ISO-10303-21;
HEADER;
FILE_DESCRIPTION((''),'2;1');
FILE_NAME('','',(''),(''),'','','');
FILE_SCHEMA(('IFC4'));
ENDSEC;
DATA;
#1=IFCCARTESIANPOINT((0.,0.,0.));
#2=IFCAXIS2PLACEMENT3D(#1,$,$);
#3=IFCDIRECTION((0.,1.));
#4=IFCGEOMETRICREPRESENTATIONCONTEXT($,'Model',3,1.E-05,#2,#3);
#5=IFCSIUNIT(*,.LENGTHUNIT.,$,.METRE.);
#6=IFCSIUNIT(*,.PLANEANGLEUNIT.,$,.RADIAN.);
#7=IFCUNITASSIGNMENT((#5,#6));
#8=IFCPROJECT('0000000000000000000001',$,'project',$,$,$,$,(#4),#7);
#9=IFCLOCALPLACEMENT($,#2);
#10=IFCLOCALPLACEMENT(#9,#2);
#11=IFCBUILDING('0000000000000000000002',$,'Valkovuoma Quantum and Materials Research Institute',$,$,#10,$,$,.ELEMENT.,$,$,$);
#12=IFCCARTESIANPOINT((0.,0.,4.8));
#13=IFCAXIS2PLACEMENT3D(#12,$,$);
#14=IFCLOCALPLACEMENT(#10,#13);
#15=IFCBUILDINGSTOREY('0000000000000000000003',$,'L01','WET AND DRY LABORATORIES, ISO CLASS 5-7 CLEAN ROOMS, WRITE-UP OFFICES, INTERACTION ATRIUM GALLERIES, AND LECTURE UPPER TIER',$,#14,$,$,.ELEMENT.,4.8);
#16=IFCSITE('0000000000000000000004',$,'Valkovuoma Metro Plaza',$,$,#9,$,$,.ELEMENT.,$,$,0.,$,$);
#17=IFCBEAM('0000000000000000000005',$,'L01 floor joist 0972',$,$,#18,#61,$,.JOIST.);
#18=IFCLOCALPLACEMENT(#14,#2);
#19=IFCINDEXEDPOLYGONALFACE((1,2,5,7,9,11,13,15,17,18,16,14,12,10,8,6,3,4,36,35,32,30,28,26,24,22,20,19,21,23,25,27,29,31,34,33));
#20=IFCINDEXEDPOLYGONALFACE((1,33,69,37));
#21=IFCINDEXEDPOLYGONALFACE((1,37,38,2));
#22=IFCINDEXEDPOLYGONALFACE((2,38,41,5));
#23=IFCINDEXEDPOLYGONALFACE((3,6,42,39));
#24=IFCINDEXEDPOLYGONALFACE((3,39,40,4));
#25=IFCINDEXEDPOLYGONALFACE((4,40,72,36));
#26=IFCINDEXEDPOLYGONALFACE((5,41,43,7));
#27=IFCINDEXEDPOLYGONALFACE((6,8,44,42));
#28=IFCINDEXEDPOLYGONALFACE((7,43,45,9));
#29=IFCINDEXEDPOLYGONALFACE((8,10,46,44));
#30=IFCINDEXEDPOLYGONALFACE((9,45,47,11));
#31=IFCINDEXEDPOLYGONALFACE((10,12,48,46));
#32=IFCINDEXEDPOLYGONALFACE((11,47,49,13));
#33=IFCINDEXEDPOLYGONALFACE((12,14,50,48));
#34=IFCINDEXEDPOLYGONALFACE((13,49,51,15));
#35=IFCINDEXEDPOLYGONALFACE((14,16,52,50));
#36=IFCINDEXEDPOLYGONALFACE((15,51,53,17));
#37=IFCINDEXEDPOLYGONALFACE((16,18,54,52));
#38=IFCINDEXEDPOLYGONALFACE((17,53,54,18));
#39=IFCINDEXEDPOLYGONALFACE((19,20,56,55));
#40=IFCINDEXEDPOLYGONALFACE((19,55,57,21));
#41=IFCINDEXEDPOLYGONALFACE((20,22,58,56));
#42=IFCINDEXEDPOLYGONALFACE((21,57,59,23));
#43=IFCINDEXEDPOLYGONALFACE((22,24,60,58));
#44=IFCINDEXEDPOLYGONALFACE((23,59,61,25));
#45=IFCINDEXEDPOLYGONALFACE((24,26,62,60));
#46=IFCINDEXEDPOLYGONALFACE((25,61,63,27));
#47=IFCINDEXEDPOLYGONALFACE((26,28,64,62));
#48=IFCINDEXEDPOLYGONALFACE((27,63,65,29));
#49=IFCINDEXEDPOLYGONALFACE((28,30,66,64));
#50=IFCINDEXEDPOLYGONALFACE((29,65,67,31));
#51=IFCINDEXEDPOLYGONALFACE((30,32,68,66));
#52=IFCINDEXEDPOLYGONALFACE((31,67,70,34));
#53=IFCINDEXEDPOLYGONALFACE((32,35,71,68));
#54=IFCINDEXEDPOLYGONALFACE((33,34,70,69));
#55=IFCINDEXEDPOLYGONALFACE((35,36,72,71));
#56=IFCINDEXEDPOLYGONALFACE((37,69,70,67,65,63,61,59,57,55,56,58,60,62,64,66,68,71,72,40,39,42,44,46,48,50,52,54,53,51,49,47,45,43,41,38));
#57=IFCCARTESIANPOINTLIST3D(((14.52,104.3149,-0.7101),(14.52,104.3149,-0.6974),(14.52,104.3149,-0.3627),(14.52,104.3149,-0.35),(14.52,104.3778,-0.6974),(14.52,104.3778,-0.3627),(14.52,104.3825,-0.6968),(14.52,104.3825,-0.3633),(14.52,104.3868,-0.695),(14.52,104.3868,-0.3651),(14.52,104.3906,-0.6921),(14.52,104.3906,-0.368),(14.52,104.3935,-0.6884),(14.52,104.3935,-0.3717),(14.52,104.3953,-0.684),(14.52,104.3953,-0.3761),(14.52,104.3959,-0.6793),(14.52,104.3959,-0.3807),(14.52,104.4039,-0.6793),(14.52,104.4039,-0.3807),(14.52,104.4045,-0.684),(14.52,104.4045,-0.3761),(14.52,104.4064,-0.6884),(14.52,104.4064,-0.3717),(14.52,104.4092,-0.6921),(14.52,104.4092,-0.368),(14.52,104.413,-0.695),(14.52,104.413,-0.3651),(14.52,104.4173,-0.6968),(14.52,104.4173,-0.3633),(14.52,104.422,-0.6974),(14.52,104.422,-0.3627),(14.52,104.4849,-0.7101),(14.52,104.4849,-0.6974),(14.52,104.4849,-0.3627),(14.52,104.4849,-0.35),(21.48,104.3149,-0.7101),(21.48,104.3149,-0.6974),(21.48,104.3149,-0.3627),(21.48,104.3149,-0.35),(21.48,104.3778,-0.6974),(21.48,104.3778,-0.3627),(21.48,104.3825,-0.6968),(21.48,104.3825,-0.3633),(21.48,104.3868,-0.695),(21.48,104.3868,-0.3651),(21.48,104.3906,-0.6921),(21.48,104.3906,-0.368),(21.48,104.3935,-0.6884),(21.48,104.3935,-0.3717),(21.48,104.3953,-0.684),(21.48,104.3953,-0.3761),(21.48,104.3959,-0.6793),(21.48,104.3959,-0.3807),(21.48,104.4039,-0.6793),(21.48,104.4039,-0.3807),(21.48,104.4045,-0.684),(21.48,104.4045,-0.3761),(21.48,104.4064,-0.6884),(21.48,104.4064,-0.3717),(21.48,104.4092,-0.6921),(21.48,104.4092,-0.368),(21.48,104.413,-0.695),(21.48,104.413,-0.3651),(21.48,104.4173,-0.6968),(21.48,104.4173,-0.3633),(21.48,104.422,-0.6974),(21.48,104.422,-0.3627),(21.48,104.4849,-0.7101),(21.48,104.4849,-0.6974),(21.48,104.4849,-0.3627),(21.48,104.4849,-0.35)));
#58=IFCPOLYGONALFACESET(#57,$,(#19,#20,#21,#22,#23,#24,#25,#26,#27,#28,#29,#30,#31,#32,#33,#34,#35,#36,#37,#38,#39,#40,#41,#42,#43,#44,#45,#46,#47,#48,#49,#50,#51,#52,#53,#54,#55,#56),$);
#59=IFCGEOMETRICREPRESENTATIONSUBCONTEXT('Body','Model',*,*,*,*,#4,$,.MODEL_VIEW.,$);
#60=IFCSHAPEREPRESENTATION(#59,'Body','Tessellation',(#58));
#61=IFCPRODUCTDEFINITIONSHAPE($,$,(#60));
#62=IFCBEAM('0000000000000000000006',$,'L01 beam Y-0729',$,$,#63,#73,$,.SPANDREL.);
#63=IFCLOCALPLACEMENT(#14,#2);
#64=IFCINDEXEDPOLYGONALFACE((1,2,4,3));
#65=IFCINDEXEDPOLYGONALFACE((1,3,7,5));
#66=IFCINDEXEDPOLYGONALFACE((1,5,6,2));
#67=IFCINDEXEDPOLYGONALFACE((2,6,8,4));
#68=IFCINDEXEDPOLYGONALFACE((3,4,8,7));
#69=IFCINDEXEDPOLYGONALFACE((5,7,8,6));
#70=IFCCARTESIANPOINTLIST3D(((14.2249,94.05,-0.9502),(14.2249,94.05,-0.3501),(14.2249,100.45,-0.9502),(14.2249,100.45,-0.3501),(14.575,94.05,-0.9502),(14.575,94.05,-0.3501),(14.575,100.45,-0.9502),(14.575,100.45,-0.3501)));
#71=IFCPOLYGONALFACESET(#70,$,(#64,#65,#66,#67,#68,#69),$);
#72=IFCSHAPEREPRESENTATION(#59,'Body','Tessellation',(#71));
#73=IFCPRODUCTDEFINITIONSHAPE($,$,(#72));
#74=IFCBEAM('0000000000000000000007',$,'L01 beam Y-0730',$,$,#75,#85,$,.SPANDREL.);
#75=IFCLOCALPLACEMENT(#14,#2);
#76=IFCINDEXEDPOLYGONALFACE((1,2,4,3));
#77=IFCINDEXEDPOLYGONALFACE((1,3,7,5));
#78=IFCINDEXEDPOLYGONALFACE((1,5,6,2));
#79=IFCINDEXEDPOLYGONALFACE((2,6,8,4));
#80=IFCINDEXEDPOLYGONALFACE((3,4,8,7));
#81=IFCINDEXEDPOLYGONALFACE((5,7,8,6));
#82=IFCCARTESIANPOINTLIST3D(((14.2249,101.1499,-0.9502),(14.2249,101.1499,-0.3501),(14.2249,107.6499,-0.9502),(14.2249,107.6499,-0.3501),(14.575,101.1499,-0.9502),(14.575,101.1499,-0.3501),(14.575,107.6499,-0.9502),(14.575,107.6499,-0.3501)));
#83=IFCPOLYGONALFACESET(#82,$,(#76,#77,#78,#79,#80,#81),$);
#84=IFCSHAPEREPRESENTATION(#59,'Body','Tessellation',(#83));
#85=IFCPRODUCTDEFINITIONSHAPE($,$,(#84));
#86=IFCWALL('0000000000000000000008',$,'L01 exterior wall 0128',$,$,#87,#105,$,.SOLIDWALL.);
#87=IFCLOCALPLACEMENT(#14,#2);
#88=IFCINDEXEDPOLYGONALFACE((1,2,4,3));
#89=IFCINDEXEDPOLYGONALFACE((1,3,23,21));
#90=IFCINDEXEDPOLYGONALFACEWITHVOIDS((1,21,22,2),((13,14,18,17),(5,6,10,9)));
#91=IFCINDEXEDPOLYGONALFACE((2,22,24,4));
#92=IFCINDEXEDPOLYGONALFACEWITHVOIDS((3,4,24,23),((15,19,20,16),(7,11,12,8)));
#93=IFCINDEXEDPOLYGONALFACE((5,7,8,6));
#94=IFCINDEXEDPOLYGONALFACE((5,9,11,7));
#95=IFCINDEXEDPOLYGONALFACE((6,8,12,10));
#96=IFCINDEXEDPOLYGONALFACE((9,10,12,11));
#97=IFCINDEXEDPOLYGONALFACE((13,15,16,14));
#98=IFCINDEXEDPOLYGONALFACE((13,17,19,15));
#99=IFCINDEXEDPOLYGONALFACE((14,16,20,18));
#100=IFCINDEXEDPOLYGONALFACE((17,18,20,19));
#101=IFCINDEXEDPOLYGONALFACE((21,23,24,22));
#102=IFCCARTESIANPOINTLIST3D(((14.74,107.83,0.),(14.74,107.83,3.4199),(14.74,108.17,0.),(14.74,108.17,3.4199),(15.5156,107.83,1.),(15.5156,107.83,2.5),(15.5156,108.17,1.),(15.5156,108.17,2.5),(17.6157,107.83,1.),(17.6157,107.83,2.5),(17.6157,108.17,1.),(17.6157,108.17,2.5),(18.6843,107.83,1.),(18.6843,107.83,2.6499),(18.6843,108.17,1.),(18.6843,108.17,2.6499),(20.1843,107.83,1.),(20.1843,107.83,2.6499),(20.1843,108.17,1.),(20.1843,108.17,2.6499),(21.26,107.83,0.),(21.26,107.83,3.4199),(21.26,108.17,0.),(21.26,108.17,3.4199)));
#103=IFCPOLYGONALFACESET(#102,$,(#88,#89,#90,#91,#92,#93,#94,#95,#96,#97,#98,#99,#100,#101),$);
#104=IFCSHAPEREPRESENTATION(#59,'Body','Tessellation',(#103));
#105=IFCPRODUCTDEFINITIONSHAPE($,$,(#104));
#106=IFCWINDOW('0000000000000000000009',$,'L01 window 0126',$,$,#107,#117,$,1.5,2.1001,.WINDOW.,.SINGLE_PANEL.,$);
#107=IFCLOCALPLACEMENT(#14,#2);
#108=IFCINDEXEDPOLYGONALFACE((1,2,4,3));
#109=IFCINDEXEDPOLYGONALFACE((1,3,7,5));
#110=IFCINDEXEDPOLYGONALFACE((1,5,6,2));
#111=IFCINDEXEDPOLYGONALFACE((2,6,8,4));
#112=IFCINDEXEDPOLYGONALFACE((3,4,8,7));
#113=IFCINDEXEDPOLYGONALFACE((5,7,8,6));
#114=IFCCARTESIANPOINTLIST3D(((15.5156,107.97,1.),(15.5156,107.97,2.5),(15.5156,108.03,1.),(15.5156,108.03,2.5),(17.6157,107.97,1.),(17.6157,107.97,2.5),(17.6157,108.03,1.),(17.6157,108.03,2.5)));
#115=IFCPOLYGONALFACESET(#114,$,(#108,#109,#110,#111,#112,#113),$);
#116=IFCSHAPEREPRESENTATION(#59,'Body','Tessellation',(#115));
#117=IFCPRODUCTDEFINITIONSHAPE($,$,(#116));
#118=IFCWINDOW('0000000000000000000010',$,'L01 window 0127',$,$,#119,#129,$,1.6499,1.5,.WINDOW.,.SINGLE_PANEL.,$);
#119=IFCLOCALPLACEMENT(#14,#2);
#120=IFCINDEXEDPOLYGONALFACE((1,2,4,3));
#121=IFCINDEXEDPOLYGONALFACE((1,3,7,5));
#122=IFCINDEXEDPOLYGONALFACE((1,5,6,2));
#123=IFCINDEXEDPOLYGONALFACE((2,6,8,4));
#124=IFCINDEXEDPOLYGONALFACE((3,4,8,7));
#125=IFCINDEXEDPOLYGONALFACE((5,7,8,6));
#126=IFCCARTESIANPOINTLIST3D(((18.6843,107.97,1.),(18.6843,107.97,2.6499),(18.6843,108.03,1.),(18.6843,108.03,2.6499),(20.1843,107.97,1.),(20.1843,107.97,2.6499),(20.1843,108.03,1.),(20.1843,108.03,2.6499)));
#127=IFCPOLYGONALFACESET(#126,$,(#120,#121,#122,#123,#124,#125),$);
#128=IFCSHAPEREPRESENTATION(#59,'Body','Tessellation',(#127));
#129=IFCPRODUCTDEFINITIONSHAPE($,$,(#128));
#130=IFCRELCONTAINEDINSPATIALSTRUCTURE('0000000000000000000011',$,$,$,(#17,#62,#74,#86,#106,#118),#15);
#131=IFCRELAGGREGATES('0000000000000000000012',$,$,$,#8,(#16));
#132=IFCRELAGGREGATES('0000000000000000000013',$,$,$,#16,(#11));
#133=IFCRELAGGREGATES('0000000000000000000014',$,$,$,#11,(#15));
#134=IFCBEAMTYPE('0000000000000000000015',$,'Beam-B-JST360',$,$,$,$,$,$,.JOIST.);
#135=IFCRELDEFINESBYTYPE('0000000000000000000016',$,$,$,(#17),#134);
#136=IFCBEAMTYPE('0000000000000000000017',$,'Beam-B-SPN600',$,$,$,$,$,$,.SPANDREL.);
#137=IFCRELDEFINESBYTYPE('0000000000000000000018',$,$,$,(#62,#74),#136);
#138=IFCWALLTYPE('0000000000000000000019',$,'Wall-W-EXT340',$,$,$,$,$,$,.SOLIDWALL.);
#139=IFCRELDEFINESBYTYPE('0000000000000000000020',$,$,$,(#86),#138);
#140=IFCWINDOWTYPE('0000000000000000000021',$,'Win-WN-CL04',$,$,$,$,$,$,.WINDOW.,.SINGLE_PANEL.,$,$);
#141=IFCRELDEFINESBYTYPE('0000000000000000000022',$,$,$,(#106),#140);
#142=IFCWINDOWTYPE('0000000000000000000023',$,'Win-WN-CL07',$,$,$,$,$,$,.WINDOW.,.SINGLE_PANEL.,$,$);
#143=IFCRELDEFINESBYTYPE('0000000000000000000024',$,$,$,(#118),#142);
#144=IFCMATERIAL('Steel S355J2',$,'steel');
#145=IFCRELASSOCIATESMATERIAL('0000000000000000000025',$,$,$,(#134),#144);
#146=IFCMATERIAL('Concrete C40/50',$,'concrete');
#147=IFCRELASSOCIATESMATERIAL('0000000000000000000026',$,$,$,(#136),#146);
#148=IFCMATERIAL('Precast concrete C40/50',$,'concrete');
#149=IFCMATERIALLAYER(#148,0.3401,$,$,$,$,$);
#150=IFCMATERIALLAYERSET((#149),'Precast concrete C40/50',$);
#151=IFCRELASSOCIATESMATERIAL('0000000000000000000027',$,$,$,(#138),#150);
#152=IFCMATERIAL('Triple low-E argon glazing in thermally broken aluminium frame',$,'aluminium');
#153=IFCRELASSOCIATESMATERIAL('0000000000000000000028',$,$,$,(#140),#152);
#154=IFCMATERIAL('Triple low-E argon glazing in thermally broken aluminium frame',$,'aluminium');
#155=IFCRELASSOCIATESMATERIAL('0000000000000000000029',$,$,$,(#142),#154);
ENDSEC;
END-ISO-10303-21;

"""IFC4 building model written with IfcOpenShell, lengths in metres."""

from ifc_helpers import new_model, si_unit, direction, frame, frame_2d, origin, origin_2d, place, context, subcontext, project, spatial, rectangle, i_section, extrude, material, layer, layer_set, material_profile, profile_set, type_object, element, fill, save


model = new_model("IFC4")

# Units and contexts
model_context = context("Model", 3, precision=1e-05, world=origin(), true_north=direction((0.0, 1.0)))
body_context = subcontext(model_context, "Body", "Model", "MODEL_VIEW")
ifc_project = project(units=[si_unit("LENGTHUNIT", "METRE"), si_unit("PLANEANGLEUNIT", "RADIAN")], contexts=[model_context])

# Site, building, storey
site_placement = place(None, origin())
site = spatial("IfcSite", under=ifc_project, at=site_placement, Name="Valkovuoma Metro Plaza", CompositionType="ELEMENT", RefElevation=0.0)
building_placement = place(site_placement, origin())
building = spatial("IfcBuilding", under=site, at=building_placement, Name="Valkovuoma Quantum and Materials Research Institute", CompositionType="ELEMENT")
storey_placement = place(building_placement, frame((0.0, 0.0, 4.8)))
storey = spatial("IfcBuildingStorey", under=building, at=storey_placement, Name="L01", Description="WET AND DRY LABORATORIES, ISO CLASS 5-7 CLEAN ROOMS, WRITE-UP OFFICES, INTERACTION ATRIUM GALLERIES, AND LECTURE UPPER TIER", CompositionType="ELEMENT", Elevation=4.8)

# Beams
ifc_material_1 = material(Name="Steel S355J2", Category="steel")
ifc_material_profile_1 = material_profile(ifc_material_1, i_section(OverallWidth=0.1699, OverallDepth=0.3601, WebThickness=0.0081, FlangeThickness=0.0127, FilletRadius=0.0181, at=origin_2d()), Name="Steel S355J2")
ifc_profile_set_1 = profile_set([ifc_material_profile_1], Name="Steel S355J2")
beam_type_1 = type_object("IfcBeamType", Name="Beam-B-JST360", PredefinedType="JOIST", material=ifc_profile_set_1)
for number, where, z_axis, x_axis, name in (
    (1, (14.52, 104.3999, -0.53), (1.0, 0.0, 0.0), (0.0, 1.0, 0.0), "L01 floor joist 0972"),
):
    element("IfcBeam", number, at=place(storey_placement, frame(where, z_axis=z_axis, x_axis=x_axis)), inside=storey, type_object=beam_type_1, Name=name, PredefinedType="JOIST", context=body_context, shape_type="SweptSolid", body=[
        extrude(i_section(OverallWidth=0.1699, OverallDepth=0.3601, WebThickness=0.0081, FlangeThickness=0.0127, FilletRadius=0.0181, at=origin_2d()), origin(), (0.0, 0.0, 1.0), 6.96),
    ])
ifc_material_2 = material(Name="Concrete C40/50", Category="concrete")
ifc_material_profile_2 = material_profile(ifc_material_2, rectangle(XDim=0.3501, YDim=0.6001, at=origin_2d()), Name="Concrete C40/50")
ifc_profile_set_2 = profile_set([ifc_material_profile_2], Name="Concrete C40/50")
beam_type_2 = type_object("IfcBeamType", Name="Beam-B-SPN600", PredefinedType="SPANDREL", material=ifc_profile_set_2)
beam_1_placement = place(storey_placement, frame((14.3999, 94.05, -0.6501), z_axis=(0.0, 1.0, 0.0), x_axis=(-1.0, 0.0, 0.0)))
element("IfcBeam", 2, at=beam_1_placement, inside=storey, type_object=beam_type_2, Name="L01 beam Y-0729", PredefinedType="SPANDREL", context=body_context, shape_type="SweptSolid", body=[
    extrude(rectangle(XDim=0.3501, YDim=0.6001, at=origin_2d()), origin(), (0.0, 0.0, 1.0), 6.3999),
])
beam_2_placement = place(storey_placement, frame((14.3999, 101.1499, -0.6501), z_axis=(0.0, 1.0, 0.0), x_axis=(-1.0, 0.0, 0.0)))
element("IfcBeam", 3, at=beam_2_placement, inside=storey, type_object=beam_type_2, Name="L01 beam Y-0730", PredefinedType="SPANDREL", context=body_context, shape_type="SweptSolid", body=[
    extrude(rectangle(XDim=0.3501, YDim=0.6001, at=origin_2d()), origin(), (0.0, 0.0, 1.0), 6.5),
])

# Wall, openings, windows
ifc_material_3 = material(Name="Precast concrete C40/50", Category="concrete")
ifc_layer_1 = layer(ifc_material_3, 0.3401)
ifc_layer_set_1 = layer_set([ifc_layer_1], Name="Precast concrete C40/50")
wall_type_1 = type_object("IfcWallType", Name="Wall-W-EXT340", PredefinedType="SOLIDWALL", material=ifc_layer_set_1)
wall_1_placement = place(storey_placement, frame((14.74, 108.0, 0.0), z_axis=(0.0, 0.0, 1.0), x_axis=(1.0, 0.0, 0.0)))
wall_1 = element("IfcWall", 4, at=wall_1_placement, inside=storey, type_object=wall_type_1, Name="L01 exterior wall 0128", PredefinedType="SOLIDWALL", context=body_context, shape_type="SweptSolid", body=[
    extrude(rectangle(XDim=6.52, YDim=0.3401, at=frame_2d((3.26, 0.0))), origin(), (0.0, 0.0, 1.0), 3.4199),
])
opening_1_placement = place(wall_1_placement, frame((0.7756, 0.0, 1.0)))
opening_1 = element("IfcOpeningElement", 5, at=opening_1_placement, cuts=wall_1, PredefinedType="OPENING", context=body_context, shape_type="SweptSolid", body=[
    extrude(rectangle(XDim=2.1001, YDim=1.5, at=frame_2d((1.05, 0.75))), frame((0.0, 0.1802, 0.0), z_axis=(0.0, -1.0, 0.0), x_axis=(1.0, 0.0, 0.0)), (0.0, 0.0, 1.0), 0.3601),
])
opening_2_placement = place(wall_1_placement, frame((3.9443, 0.0, 1.0)))
opening_2 = element("IfcOpeningElement", 6, at=opening_2_placement, cuts=wall_1, PredefinedType="OPENING", context=body_context, shape_type="SweptSolid", body=[
    extrude(rectangle(XDim=1.5, YDim=1.6499, at=frame_2d((0.75, 0.825))), frame((0.0, 0.1802, 0.0), z_axis=(0.0, -1.0, 0.0), x_axis=(1.0, 0.0, 0.0)), (0.0, 0.0, 1.0), 0.3601),
])
ifc_material_4 = material(Name="Triple low-E argon glazing in thermally broken aluminium frame", Category="aluminium")
window_type_1 = type_object("IfcWindowType", Name="Win-WN-CL04", PartitioningType="SINGLE_PANEL", PredefinedType="WINDOW", material=ifc_material_4)
window_1_placement = place(opening_1_placement, origin())
window_1 = element("IfcWindow", 7, at=window_1_placement, inside=storey, type_object=window_type_1, Name="L01 window 0126", OverallHeight=1.5, OverallWidth=2.1001, PartitioningType="SINGLE_PANEL", PredefinedType="WINDOW", context=body_context, shape_type="SweptSolid", body=[
    extrude(rectangle(XDim=2.1001, YDim=1.5, at=frame_2d((1.05, 0.75))), frame((0.0, 0.03, 0.0), z_axis=(0.0, -1.0, 0.0), x_axis=(1.0, 0.0, 0.0)), (0.0, 0.0, 1.0), 0.0601),
])
fill(opening_1, window_1)
ifc_material_5 = material(Name="Triple low-E argon glazing in thermally broken aluminium frame", Category="aluminium")
window_type_2 = type_object("IfcWindowType", Name="Win-WN-CL07", PartitioningType="SINGLE_PANEL", PredefinedType="WINDOW", material=ifc_material_5)
window_2_placement = place(opening_2_placement, origin())
window_2 = element("IfcWindow", 8, at=window_2_placement, inside=storey, type_object=window_type_2, Name="L01 window 0127", OverallHeight=1.6499, OverallWidth=1.5, PartitioningType="SINGLE_PANEL", PredefinedType="WINDOW", context=body_context, shape_type="SweptSolid", body=[
    extrude(rectangle(XDim=1.5, YDim=1.6499, at=frame_2d((0.75, 0.825))), frame((0.0, 0.03, 0.0), z_axis=(0.0, -1.0, 0.0), x_axis=(1.0, 0.0, 0.0)), (0.0, 0.0, 1.0), 0.0601),
])
fill(opening_2, window_2)

save(model, "model.ifc")
